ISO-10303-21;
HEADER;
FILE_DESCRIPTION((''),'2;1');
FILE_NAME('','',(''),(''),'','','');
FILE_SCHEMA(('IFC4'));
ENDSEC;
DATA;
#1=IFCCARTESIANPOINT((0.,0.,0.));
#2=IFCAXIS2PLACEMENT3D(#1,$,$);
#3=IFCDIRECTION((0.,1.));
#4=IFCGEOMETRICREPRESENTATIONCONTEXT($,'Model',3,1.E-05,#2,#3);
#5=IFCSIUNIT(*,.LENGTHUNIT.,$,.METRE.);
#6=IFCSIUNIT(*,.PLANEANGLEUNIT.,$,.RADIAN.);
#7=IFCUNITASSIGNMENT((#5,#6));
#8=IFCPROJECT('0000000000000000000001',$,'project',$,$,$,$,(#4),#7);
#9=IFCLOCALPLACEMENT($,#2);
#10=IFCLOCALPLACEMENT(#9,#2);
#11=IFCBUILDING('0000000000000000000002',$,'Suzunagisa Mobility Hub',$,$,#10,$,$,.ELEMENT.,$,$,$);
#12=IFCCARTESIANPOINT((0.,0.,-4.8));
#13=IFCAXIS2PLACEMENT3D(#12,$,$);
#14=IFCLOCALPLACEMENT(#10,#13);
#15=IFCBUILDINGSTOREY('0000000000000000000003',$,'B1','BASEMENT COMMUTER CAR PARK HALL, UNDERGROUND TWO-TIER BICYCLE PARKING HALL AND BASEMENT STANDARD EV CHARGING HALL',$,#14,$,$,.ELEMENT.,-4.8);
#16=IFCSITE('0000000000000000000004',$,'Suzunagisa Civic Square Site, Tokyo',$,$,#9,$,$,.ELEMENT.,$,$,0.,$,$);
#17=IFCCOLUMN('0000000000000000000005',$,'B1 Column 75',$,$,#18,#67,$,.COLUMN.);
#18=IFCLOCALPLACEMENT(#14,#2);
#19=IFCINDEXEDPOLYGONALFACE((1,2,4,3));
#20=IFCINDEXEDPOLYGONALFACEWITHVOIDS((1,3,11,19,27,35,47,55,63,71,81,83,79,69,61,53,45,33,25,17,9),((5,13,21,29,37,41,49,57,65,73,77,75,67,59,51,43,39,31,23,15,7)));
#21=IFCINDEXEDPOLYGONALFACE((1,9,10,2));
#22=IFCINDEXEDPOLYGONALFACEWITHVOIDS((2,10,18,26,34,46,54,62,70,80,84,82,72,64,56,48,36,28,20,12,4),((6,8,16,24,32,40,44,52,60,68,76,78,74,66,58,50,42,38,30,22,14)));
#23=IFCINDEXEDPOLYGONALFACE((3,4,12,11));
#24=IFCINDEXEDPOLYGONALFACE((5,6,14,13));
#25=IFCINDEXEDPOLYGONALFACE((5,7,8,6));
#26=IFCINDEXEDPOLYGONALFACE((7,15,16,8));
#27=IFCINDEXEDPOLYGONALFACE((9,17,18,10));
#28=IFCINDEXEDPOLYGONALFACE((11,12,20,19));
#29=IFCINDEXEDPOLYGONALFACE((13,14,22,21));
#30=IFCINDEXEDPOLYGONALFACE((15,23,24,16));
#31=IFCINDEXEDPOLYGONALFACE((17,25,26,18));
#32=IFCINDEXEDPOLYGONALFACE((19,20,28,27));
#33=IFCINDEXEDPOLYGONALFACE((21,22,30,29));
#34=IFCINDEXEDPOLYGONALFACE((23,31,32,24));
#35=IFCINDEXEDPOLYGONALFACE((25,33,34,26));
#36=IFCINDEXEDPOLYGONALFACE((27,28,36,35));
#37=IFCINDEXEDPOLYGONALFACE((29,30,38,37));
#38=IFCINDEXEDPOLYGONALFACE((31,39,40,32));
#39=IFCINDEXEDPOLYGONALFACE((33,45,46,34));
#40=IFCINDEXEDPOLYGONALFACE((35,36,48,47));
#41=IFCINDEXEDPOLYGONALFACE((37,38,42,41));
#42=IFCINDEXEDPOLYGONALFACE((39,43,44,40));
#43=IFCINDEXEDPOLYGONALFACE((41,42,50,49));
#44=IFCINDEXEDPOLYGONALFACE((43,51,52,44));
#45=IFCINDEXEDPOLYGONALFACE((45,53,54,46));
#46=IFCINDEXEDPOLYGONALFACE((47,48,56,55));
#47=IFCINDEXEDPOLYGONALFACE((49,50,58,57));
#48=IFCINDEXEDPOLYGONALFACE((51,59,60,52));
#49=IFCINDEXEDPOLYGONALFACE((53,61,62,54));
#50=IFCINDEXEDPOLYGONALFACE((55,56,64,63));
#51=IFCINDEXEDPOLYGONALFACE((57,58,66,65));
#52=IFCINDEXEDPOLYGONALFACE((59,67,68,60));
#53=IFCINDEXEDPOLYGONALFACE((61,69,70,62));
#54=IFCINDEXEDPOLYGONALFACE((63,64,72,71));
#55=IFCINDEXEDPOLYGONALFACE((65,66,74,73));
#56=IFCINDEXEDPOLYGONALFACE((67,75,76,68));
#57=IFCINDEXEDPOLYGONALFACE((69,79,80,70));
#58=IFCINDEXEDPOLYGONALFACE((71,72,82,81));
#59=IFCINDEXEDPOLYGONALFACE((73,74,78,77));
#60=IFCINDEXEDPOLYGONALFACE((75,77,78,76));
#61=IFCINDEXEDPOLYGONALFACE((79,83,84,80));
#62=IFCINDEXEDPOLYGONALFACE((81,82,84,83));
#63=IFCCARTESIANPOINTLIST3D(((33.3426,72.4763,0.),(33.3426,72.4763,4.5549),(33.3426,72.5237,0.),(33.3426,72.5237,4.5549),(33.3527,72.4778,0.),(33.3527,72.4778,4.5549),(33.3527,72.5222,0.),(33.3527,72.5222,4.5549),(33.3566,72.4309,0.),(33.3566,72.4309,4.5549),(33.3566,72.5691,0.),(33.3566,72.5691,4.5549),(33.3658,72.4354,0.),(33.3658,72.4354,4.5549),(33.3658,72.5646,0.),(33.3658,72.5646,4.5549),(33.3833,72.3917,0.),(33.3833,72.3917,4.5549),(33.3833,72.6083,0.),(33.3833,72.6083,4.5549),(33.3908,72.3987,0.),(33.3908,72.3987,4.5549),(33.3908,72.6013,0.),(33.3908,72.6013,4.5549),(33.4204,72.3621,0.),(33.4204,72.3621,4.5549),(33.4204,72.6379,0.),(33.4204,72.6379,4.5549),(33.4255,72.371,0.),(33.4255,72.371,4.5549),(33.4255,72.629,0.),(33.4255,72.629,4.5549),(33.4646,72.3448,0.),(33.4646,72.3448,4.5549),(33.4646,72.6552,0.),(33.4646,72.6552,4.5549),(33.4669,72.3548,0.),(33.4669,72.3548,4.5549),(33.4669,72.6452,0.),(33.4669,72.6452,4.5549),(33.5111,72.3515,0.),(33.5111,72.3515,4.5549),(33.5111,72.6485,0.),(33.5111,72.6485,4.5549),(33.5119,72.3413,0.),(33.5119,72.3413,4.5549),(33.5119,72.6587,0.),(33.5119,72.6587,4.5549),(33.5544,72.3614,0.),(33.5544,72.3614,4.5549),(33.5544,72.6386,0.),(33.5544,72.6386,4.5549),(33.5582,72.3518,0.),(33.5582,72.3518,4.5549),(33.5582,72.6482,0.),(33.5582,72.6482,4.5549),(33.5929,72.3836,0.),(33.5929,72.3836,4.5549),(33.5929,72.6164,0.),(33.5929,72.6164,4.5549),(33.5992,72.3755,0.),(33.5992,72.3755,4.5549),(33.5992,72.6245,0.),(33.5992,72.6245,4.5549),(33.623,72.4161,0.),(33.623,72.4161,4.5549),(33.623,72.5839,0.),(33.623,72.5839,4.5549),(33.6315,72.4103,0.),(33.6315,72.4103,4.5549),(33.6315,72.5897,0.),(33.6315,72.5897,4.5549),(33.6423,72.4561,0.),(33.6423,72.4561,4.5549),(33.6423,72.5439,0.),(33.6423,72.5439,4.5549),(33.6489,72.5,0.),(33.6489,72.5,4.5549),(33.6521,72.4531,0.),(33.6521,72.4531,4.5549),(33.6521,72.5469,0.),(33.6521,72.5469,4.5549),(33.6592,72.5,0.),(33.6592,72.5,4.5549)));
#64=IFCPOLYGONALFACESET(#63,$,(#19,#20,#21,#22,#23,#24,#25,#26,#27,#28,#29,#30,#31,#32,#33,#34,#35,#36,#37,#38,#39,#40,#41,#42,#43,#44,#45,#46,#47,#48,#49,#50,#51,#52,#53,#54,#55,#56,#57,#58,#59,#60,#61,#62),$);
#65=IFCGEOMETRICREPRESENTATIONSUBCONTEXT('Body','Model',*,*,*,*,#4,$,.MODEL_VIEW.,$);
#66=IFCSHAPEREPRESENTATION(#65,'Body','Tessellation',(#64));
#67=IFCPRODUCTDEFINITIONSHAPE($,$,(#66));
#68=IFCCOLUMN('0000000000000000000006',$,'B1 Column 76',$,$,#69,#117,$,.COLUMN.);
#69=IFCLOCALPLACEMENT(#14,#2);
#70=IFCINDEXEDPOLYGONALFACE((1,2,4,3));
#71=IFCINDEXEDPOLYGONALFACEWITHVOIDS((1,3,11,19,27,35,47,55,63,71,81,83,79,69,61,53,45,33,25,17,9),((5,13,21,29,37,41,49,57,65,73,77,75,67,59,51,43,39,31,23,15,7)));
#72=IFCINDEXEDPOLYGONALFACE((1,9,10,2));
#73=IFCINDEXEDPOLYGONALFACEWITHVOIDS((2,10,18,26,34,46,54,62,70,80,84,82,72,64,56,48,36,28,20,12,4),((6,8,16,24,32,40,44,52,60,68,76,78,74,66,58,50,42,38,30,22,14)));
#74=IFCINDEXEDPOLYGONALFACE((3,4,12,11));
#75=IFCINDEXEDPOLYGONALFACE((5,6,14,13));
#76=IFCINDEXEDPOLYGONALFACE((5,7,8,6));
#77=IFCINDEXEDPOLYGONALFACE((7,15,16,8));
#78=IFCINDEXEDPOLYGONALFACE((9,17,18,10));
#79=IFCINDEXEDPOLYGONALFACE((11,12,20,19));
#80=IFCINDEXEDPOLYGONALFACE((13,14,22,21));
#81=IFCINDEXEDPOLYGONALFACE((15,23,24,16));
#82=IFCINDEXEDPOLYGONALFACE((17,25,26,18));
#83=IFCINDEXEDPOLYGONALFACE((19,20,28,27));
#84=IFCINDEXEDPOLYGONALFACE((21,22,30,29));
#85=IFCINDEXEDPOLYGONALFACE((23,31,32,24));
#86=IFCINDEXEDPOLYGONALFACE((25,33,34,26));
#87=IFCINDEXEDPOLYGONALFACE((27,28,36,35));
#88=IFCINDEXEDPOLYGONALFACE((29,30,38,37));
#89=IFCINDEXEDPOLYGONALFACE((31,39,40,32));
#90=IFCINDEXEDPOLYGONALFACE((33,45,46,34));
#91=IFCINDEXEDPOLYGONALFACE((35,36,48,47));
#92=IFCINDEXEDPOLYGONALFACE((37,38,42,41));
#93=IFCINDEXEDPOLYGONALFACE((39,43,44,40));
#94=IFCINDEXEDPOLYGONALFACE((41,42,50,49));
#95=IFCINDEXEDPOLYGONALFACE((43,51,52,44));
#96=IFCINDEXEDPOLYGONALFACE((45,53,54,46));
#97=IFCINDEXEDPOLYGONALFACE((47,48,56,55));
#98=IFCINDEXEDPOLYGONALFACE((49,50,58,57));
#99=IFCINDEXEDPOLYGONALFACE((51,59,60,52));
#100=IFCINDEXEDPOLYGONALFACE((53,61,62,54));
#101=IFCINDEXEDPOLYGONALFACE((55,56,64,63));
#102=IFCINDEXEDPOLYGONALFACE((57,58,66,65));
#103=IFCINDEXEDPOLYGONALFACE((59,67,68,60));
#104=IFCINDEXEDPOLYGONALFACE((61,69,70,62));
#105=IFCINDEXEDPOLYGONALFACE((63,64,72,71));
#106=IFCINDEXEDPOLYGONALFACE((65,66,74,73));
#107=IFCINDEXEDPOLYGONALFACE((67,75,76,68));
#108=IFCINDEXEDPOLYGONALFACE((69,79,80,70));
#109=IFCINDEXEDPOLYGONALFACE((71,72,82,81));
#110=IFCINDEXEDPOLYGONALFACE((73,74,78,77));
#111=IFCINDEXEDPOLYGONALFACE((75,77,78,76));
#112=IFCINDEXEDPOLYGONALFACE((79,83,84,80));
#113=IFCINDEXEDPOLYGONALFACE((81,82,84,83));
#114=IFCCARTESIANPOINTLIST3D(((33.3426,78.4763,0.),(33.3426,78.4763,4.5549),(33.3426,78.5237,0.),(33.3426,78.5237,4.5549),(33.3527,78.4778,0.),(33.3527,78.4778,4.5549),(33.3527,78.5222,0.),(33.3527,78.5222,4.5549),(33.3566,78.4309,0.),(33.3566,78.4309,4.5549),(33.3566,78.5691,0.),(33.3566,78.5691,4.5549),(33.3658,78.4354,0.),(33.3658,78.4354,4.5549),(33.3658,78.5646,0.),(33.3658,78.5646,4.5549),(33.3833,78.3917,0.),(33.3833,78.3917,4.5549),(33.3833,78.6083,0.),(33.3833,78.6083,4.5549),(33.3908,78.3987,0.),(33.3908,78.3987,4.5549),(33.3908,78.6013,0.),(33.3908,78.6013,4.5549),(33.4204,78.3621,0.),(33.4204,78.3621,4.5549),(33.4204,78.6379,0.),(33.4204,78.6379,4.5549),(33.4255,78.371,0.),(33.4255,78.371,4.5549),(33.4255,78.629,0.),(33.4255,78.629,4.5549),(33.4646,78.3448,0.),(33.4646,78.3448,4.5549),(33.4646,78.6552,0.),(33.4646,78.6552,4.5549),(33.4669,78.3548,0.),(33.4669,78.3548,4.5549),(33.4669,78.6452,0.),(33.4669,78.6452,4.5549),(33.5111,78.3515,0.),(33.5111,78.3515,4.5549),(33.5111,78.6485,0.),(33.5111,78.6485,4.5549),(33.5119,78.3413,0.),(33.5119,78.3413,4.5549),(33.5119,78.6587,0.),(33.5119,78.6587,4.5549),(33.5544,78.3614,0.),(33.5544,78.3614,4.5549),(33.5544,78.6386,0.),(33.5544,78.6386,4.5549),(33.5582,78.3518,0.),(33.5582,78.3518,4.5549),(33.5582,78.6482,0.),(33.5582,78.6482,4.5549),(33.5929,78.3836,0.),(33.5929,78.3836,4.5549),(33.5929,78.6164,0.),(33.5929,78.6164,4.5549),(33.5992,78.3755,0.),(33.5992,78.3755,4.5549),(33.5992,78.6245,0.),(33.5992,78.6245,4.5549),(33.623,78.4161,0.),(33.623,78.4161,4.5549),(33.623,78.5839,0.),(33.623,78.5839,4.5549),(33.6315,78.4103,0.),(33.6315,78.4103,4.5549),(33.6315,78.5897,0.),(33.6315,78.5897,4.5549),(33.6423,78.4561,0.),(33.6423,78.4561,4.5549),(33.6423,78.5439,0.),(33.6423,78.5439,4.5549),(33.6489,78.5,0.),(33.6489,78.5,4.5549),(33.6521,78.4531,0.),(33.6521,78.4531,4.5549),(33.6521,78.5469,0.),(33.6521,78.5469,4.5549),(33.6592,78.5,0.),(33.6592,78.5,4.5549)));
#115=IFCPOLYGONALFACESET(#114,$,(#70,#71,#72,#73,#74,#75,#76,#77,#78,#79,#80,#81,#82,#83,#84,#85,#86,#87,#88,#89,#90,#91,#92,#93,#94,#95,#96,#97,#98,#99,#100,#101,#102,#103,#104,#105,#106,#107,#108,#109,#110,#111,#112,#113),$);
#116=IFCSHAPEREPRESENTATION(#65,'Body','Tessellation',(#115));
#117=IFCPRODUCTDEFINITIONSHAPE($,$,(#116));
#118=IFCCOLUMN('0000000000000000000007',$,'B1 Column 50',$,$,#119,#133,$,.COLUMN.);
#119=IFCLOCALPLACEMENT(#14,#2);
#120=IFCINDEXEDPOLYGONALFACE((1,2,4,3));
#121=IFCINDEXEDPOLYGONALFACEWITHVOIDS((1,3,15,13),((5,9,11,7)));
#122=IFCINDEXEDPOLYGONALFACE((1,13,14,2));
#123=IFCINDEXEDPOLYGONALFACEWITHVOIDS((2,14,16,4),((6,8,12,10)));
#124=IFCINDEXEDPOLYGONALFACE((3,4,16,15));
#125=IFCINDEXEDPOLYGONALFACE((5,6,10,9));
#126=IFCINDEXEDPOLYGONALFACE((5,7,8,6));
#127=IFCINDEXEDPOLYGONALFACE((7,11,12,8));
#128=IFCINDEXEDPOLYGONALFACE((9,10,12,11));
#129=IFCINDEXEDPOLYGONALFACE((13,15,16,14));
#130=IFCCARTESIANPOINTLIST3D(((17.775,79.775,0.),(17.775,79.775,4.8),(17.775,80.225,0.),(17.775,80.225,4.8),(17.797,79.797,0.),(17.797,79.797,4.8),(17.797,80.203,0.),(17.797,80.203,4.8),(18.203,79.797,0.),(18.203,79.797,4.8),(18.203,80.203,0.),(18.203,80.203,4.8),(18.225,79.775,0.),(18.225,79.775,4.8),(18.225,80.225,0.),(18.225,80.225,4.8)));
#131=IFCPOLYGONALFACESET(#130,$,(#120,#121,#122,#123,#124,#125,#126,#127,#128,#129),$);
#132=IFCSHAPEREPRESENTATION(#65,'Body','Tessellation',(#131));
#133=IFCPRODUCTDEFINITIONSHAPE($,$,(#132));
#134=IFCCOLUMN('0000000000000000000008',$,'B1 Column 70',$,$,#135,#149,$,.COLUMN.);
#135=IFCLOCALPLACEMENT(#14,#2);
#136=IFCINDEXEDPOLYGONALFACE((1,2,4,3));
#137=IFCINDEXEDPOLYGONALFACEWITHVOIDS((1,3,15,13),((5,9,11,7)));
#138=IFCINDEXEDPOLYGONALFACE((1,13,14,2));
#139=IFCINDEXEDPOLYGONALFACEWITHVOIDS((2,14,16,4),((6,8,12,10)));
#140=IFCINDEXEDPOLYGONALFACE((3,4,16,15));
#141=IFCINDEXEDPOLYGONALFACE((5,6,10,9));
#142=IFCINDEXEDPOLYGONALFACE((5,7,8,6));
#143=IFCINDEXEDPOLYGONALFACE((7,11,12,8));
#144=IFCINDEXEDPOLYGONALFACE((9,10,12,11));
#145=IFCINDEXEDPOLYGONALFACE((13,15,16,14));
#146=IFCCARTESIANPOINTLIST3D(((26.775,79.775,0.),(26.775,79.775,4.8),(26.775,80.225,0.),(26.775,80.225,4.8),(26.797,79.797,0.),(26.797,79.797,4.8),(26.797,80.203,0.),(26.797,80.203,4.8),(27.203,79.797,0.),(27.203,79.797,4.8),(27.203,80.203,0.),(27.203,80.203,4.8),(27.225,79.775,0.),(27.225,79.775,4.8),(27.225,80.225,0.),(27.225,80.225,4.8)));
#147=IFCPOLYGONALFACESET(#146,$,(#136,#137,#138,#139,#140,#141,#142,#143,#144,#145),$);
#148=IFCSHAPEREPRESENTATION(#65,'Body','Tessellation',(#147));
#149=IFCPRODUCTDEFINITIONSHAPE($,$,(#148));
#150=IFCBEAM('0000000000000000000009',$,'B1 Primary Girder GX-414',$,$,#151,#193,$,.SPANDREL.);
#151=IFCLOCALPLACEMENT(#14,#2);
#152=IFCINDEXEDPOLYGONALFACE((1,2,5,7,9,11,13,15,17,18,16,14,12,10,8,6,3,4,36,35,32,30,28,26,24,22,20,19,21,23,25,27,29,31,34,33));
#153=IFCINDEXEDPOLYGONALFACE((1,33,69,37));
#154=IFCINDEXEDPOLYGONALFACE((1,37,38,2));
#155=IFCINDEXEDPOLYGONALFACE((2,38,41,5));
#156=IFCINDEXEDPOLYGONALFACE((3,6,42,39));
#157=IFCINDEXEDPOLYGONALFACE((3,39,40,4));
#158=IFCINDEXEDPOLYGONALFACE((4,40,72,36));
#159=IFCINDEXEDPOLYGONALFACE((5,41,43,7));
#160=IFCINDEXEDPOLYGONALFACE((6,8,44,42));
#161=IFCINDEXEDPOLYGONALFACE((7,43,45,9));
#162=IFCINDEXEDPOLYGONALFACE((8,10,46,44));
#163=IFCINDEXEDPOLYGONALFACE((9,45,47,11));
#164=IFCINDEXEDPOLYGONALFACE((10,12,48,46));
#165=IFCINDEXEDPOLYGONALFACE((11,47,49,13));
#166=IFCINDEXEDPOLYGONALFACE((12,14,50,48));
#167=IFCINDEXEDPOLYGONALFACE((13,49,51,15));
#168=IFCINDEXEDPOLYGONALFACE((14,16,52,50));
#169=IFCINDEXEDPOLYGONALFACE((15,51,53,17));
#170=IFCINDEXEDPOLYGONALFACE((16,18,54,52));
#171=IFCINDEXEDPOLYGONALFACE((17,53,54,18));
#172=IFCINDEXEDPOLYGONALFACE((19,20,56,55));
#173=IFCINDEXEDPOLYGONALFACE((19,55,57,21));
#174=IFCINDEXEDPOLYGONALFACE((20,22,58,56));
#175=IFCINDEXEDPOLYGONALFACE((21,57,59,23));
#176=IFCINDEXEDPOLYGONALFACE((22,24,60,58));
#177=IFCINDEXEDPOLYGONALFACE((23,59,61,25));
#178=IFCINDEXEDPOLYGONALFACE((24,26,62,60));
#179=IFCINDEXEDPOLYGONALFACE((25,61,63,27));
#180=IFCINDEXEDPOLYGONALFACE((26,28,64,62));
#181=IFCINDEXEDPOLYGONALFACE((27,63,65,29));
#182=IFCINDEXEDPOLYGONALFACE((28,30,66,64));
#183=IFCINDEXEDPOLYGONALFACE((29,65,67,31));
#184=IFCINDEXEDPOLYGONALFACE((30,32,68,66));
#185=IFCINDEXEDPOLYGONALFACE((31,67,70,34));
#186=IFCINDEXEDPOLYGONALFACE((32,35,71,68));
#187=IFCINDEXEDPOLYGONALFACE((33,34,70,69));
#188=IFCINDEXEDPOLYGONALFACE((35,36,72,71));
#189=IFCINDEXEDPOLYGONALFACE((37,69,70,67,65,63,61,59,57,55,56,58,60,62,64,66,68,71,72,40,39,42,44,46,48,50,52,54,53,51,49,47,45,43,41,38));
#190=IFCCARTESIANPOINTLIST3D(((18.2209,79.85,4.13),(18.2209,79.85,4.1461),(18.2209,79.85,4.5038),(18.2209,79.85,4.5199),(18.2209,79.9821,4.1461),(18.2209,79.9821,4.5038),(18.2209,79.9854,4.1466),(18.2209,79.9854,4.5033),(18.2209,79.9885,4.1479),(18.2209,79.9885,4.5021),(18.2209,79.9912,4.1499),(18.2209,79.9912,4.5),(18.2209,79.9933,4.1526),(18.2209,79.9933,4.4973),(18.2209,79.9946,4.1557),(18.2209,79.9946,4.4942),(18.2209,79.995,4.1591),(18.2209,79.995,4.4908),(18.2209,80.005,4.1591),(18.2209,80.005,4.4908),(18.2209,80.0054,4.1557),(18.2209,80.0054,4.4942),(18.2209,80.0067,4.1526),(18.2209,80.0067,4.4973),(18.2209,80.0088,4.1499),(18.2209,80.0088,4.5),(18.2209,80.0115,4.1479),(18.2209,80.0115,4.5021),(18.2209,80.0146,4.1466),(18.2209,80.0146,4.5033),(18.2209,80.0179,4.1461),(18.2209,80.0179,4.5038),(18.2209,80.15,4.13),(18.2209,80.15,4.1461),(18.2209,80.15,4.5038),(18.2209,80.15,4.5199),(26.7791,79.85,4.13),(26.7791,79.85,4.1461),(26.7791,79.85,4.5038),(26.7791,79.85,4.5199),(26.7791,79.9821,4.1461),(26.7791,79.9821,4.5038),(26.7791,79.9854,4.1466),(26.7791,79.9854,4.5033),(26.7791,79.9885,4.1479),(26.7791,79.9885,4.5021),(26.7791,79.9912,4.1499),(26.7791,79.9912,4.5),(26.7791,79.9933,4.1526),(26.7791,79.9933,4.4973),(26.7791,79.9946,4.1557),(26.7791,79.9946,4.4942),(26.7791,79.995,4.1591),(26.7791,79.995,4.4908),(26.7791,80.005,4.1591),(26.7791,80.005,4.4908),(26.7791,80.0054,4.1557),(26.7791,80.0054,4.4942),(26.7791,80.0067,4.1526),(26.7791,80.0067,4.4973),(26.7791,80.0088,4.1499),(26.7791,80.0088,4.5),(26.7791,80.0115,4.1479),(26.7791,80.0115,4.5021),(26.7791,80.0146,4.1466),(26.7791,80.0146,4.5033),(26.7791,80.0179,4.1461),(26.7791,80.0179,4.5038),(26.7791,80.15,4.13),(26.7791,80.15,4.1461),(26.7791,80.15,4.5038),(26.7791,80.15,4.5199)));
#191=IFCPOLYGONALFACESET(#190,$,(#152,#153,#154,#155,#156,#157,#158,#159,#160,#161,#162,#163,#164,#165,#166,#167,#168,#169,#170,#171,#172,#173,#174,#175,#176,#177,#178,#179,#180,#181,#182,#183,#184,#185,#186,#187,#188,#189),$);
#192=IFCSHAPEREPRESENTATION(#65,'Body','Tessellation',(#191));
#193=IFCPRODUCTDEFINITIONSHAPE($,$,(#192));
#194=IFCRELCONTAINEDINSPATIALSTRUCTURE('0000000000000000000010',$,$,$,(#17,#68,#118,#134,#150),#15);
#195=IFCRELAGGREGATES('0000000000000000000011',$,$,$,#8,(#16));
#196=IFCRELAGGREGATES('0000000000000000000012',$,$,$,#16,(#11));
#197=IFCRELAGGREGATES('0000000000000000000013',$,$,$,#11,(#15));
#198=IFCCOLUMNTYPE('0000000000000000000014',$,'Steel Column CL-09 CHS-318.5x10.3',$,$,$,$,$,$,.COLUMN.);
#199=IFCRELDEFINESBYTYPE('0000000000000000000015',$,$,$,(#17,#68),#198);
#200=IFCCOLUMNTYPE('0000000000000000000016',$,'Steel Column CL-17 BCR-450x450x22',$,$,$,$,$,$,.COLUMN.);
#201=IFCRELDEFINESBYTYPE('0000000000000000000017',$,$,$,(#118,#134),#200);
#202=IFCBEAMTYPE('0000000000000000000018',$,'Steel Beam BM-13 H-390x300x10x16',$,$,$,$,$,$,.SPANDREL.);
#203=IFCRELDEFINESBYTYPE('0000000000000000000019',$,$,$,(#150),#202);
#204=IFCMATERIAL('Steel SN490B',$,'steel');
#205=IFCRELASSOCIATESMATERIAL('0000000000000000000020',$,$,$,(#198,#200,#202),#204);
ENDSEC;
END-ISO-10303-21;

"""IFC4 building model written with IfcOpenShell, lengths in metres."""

from ifc_helpers import new_model, si_unit, direction, frame, origin, origin_2d, place, context, subcontext, project, spatial, hollow_rectangle, hollow_circle, i_section, extrude, material, material_profile, profile_set, type_object, element, save


model = new_model("IFC4")

# Units and contexts
model_context = context("Model", 3, precision=1e-05, world=origin(), true_north=direction((0.0, 1.0)))
body_context = subcontext(model_context, "Body", "Model", "MODEL_VIEW")
ifc_project = project(units=[si_unit("LENGTHUNIT", "METRE"), si_unit("PLANEANGLEUNIT", "RADIAN")], contexts=[model_context])

# Site, building, storey
site_placement = place(None, origin())
site = spatial("IfcSite", under=ifc_project, at=site_placement, Name="Suzunagisa Civic Square Site, Tokyo", CompositionType="ELEMENT", RefElevation=0.0)
building_placement = place(site_placement, origin())
building = spatial("IfcBuilding", under=site, at=building_placement, Name="Suzunagisa Mobility Hub", CompositionType="ELEMENT")
storey_placement = place(building_placement, frame((0.0, 0.0, -4.8)))
storey = spatial("IfcBuildingStorey", under=building, at=storey_placement, Name="B1", Description="BASEMENT COMMUTER CAR PARK HALL, UNDERGROUND TWO-TIER BICYCLE PARKING HALL AND BASEMENT STANDARD EV CHARGING HALL", CompositionType="ELEMENT", Elevation=-4.8)

# Columns
ifc_material_1 = material(Name="Steel SN490B", Category="steel")
ifc_material_profile_1 = material_profile(ifc_material_1, hollow_circle(Radius=0.1592, WallThickness=0.0103, at=origin_2d()), Name="CHS-318.5x10.3")
ifc_profile_set_1 = profile_set([ifc_material_profile_1], Name="Steel SN490B")
column_type_1 = type_object("IfcColumnType", Name="Steel Column CL-09 CHS-318.5x10.3", PredefinedType="COLUMN", material=ifc_profile_set_1)
for number, where, z_axis, x_axis, name in (
    (1, (33.5, 72.5, 0.0), (0.0, 0.0, 1.0), (1.0, 0.0, 0.0), "B1 Column 75"),
    (2, (33.5, 78.5, 0.0), (0.0, 0.0, 1.0), (1.0, 0.0, 0.0), "B1 Column 76"),
):
    element("IfcColumn", number, at=place(storey_placement, frame(where, z_axis=z_axis, x_axis=x_axis)), inside=storey, type_object=column_type_1, Name=name, PredefinedType="COLUMN", context=body_context, shape_type="SweptSolid", body=[
        extrude(hollow_circle(Radius=0.1592, WallThickness=0.0103, at=origin_2d()), origin(), (0.0, 0.0, 1.0), 4.5549),
    ])
ifc_material_profile_2 = material_profile(ifc_material_1, hollow_rectangle(XDim=0.45, YDim=0.45, WallThickness=0.022, at=origin_2d()), Name="BCR-450x450x22")
ifc_profile_set_2 = profile_set([ifc_material_profile_2], Name="Steel SN490B")
column_type_2 = type_object("IfcColumnType", Name="Steel Column CL-17 BCR-450x450x22", PredefinedType="COLUMN", material=ifc_profile_set_2)
for number, where, z_axis, x_axis, name in (
    (3, (18.0, 80.0, 0.0), (0.0, 0.0, 1.0), (1.0, 0.0, 0.0), "B1 Column 50"),
    (4, (27.0, 80.0, 0.0), (0.0, 0.0, 1.0), (1.0, 0.0, 0.0), "B1 Column 70"),
):
    element("IfcColumn", number, at=place(storey_placement, frame(where, z_axis=z_axis, x_axis=x_axis)), inside=storey, type_object=column_type_2, Name=name, PredefinedType="COLUMN", context=body_context, shape_type="SweptSolid", body=[
        extrude(hollow_rectangle(XDim=0.45, YDim=0.45, WallThickness=0.022, at=origin_2d()), origin(), (0.0, 0.0, 1.0), 4.8),
    ])

# Beam
ifc_material_profile_3 = material_profile(ifc_material_1, i_section(OverallWidth=0.3, OverallDepth=0.3899, WebThickness=0.01, FlangeThickness=0.0161, FilletRadius=0.0129, at=origin_2d()), Name="H-390x300x10x16")
ifc_profile_set_3 = profile_set([ifc_material_profile_3], Name="Steel SN490B")
beam_type = type_object("IfcBeamType", Name="Steel Beam BM-13 H-390x300x10x16", PredefinedType="SPANDREL", material=ifc_profile_set_3)
beam_placement = place(storey_placement, frame((18.2209, 80.0, 4.325), z_axis=(1.0, 0.0, 0.0), x_axis=(0.0, 1.0, 0.0)))
element("IfcBeam", 5, at=beam_placement, inside=storey, type_object=beam_type, Name="B1 Primary Girder GX-414", PredefinedType="SPANDREL", context=body_context, shape_type="SweptSolid", body=[
    extrude(i_section(OverallWidth=0.3, OverallDepth=0.3899, WebThickness=0.01, FlangeThickness=0.0161, FilletRadius=0.0129, at=origin_2d()), origin(), (0.0, 0.0, 1.0), 8.5581),
])

save(model, "model.ifc")
